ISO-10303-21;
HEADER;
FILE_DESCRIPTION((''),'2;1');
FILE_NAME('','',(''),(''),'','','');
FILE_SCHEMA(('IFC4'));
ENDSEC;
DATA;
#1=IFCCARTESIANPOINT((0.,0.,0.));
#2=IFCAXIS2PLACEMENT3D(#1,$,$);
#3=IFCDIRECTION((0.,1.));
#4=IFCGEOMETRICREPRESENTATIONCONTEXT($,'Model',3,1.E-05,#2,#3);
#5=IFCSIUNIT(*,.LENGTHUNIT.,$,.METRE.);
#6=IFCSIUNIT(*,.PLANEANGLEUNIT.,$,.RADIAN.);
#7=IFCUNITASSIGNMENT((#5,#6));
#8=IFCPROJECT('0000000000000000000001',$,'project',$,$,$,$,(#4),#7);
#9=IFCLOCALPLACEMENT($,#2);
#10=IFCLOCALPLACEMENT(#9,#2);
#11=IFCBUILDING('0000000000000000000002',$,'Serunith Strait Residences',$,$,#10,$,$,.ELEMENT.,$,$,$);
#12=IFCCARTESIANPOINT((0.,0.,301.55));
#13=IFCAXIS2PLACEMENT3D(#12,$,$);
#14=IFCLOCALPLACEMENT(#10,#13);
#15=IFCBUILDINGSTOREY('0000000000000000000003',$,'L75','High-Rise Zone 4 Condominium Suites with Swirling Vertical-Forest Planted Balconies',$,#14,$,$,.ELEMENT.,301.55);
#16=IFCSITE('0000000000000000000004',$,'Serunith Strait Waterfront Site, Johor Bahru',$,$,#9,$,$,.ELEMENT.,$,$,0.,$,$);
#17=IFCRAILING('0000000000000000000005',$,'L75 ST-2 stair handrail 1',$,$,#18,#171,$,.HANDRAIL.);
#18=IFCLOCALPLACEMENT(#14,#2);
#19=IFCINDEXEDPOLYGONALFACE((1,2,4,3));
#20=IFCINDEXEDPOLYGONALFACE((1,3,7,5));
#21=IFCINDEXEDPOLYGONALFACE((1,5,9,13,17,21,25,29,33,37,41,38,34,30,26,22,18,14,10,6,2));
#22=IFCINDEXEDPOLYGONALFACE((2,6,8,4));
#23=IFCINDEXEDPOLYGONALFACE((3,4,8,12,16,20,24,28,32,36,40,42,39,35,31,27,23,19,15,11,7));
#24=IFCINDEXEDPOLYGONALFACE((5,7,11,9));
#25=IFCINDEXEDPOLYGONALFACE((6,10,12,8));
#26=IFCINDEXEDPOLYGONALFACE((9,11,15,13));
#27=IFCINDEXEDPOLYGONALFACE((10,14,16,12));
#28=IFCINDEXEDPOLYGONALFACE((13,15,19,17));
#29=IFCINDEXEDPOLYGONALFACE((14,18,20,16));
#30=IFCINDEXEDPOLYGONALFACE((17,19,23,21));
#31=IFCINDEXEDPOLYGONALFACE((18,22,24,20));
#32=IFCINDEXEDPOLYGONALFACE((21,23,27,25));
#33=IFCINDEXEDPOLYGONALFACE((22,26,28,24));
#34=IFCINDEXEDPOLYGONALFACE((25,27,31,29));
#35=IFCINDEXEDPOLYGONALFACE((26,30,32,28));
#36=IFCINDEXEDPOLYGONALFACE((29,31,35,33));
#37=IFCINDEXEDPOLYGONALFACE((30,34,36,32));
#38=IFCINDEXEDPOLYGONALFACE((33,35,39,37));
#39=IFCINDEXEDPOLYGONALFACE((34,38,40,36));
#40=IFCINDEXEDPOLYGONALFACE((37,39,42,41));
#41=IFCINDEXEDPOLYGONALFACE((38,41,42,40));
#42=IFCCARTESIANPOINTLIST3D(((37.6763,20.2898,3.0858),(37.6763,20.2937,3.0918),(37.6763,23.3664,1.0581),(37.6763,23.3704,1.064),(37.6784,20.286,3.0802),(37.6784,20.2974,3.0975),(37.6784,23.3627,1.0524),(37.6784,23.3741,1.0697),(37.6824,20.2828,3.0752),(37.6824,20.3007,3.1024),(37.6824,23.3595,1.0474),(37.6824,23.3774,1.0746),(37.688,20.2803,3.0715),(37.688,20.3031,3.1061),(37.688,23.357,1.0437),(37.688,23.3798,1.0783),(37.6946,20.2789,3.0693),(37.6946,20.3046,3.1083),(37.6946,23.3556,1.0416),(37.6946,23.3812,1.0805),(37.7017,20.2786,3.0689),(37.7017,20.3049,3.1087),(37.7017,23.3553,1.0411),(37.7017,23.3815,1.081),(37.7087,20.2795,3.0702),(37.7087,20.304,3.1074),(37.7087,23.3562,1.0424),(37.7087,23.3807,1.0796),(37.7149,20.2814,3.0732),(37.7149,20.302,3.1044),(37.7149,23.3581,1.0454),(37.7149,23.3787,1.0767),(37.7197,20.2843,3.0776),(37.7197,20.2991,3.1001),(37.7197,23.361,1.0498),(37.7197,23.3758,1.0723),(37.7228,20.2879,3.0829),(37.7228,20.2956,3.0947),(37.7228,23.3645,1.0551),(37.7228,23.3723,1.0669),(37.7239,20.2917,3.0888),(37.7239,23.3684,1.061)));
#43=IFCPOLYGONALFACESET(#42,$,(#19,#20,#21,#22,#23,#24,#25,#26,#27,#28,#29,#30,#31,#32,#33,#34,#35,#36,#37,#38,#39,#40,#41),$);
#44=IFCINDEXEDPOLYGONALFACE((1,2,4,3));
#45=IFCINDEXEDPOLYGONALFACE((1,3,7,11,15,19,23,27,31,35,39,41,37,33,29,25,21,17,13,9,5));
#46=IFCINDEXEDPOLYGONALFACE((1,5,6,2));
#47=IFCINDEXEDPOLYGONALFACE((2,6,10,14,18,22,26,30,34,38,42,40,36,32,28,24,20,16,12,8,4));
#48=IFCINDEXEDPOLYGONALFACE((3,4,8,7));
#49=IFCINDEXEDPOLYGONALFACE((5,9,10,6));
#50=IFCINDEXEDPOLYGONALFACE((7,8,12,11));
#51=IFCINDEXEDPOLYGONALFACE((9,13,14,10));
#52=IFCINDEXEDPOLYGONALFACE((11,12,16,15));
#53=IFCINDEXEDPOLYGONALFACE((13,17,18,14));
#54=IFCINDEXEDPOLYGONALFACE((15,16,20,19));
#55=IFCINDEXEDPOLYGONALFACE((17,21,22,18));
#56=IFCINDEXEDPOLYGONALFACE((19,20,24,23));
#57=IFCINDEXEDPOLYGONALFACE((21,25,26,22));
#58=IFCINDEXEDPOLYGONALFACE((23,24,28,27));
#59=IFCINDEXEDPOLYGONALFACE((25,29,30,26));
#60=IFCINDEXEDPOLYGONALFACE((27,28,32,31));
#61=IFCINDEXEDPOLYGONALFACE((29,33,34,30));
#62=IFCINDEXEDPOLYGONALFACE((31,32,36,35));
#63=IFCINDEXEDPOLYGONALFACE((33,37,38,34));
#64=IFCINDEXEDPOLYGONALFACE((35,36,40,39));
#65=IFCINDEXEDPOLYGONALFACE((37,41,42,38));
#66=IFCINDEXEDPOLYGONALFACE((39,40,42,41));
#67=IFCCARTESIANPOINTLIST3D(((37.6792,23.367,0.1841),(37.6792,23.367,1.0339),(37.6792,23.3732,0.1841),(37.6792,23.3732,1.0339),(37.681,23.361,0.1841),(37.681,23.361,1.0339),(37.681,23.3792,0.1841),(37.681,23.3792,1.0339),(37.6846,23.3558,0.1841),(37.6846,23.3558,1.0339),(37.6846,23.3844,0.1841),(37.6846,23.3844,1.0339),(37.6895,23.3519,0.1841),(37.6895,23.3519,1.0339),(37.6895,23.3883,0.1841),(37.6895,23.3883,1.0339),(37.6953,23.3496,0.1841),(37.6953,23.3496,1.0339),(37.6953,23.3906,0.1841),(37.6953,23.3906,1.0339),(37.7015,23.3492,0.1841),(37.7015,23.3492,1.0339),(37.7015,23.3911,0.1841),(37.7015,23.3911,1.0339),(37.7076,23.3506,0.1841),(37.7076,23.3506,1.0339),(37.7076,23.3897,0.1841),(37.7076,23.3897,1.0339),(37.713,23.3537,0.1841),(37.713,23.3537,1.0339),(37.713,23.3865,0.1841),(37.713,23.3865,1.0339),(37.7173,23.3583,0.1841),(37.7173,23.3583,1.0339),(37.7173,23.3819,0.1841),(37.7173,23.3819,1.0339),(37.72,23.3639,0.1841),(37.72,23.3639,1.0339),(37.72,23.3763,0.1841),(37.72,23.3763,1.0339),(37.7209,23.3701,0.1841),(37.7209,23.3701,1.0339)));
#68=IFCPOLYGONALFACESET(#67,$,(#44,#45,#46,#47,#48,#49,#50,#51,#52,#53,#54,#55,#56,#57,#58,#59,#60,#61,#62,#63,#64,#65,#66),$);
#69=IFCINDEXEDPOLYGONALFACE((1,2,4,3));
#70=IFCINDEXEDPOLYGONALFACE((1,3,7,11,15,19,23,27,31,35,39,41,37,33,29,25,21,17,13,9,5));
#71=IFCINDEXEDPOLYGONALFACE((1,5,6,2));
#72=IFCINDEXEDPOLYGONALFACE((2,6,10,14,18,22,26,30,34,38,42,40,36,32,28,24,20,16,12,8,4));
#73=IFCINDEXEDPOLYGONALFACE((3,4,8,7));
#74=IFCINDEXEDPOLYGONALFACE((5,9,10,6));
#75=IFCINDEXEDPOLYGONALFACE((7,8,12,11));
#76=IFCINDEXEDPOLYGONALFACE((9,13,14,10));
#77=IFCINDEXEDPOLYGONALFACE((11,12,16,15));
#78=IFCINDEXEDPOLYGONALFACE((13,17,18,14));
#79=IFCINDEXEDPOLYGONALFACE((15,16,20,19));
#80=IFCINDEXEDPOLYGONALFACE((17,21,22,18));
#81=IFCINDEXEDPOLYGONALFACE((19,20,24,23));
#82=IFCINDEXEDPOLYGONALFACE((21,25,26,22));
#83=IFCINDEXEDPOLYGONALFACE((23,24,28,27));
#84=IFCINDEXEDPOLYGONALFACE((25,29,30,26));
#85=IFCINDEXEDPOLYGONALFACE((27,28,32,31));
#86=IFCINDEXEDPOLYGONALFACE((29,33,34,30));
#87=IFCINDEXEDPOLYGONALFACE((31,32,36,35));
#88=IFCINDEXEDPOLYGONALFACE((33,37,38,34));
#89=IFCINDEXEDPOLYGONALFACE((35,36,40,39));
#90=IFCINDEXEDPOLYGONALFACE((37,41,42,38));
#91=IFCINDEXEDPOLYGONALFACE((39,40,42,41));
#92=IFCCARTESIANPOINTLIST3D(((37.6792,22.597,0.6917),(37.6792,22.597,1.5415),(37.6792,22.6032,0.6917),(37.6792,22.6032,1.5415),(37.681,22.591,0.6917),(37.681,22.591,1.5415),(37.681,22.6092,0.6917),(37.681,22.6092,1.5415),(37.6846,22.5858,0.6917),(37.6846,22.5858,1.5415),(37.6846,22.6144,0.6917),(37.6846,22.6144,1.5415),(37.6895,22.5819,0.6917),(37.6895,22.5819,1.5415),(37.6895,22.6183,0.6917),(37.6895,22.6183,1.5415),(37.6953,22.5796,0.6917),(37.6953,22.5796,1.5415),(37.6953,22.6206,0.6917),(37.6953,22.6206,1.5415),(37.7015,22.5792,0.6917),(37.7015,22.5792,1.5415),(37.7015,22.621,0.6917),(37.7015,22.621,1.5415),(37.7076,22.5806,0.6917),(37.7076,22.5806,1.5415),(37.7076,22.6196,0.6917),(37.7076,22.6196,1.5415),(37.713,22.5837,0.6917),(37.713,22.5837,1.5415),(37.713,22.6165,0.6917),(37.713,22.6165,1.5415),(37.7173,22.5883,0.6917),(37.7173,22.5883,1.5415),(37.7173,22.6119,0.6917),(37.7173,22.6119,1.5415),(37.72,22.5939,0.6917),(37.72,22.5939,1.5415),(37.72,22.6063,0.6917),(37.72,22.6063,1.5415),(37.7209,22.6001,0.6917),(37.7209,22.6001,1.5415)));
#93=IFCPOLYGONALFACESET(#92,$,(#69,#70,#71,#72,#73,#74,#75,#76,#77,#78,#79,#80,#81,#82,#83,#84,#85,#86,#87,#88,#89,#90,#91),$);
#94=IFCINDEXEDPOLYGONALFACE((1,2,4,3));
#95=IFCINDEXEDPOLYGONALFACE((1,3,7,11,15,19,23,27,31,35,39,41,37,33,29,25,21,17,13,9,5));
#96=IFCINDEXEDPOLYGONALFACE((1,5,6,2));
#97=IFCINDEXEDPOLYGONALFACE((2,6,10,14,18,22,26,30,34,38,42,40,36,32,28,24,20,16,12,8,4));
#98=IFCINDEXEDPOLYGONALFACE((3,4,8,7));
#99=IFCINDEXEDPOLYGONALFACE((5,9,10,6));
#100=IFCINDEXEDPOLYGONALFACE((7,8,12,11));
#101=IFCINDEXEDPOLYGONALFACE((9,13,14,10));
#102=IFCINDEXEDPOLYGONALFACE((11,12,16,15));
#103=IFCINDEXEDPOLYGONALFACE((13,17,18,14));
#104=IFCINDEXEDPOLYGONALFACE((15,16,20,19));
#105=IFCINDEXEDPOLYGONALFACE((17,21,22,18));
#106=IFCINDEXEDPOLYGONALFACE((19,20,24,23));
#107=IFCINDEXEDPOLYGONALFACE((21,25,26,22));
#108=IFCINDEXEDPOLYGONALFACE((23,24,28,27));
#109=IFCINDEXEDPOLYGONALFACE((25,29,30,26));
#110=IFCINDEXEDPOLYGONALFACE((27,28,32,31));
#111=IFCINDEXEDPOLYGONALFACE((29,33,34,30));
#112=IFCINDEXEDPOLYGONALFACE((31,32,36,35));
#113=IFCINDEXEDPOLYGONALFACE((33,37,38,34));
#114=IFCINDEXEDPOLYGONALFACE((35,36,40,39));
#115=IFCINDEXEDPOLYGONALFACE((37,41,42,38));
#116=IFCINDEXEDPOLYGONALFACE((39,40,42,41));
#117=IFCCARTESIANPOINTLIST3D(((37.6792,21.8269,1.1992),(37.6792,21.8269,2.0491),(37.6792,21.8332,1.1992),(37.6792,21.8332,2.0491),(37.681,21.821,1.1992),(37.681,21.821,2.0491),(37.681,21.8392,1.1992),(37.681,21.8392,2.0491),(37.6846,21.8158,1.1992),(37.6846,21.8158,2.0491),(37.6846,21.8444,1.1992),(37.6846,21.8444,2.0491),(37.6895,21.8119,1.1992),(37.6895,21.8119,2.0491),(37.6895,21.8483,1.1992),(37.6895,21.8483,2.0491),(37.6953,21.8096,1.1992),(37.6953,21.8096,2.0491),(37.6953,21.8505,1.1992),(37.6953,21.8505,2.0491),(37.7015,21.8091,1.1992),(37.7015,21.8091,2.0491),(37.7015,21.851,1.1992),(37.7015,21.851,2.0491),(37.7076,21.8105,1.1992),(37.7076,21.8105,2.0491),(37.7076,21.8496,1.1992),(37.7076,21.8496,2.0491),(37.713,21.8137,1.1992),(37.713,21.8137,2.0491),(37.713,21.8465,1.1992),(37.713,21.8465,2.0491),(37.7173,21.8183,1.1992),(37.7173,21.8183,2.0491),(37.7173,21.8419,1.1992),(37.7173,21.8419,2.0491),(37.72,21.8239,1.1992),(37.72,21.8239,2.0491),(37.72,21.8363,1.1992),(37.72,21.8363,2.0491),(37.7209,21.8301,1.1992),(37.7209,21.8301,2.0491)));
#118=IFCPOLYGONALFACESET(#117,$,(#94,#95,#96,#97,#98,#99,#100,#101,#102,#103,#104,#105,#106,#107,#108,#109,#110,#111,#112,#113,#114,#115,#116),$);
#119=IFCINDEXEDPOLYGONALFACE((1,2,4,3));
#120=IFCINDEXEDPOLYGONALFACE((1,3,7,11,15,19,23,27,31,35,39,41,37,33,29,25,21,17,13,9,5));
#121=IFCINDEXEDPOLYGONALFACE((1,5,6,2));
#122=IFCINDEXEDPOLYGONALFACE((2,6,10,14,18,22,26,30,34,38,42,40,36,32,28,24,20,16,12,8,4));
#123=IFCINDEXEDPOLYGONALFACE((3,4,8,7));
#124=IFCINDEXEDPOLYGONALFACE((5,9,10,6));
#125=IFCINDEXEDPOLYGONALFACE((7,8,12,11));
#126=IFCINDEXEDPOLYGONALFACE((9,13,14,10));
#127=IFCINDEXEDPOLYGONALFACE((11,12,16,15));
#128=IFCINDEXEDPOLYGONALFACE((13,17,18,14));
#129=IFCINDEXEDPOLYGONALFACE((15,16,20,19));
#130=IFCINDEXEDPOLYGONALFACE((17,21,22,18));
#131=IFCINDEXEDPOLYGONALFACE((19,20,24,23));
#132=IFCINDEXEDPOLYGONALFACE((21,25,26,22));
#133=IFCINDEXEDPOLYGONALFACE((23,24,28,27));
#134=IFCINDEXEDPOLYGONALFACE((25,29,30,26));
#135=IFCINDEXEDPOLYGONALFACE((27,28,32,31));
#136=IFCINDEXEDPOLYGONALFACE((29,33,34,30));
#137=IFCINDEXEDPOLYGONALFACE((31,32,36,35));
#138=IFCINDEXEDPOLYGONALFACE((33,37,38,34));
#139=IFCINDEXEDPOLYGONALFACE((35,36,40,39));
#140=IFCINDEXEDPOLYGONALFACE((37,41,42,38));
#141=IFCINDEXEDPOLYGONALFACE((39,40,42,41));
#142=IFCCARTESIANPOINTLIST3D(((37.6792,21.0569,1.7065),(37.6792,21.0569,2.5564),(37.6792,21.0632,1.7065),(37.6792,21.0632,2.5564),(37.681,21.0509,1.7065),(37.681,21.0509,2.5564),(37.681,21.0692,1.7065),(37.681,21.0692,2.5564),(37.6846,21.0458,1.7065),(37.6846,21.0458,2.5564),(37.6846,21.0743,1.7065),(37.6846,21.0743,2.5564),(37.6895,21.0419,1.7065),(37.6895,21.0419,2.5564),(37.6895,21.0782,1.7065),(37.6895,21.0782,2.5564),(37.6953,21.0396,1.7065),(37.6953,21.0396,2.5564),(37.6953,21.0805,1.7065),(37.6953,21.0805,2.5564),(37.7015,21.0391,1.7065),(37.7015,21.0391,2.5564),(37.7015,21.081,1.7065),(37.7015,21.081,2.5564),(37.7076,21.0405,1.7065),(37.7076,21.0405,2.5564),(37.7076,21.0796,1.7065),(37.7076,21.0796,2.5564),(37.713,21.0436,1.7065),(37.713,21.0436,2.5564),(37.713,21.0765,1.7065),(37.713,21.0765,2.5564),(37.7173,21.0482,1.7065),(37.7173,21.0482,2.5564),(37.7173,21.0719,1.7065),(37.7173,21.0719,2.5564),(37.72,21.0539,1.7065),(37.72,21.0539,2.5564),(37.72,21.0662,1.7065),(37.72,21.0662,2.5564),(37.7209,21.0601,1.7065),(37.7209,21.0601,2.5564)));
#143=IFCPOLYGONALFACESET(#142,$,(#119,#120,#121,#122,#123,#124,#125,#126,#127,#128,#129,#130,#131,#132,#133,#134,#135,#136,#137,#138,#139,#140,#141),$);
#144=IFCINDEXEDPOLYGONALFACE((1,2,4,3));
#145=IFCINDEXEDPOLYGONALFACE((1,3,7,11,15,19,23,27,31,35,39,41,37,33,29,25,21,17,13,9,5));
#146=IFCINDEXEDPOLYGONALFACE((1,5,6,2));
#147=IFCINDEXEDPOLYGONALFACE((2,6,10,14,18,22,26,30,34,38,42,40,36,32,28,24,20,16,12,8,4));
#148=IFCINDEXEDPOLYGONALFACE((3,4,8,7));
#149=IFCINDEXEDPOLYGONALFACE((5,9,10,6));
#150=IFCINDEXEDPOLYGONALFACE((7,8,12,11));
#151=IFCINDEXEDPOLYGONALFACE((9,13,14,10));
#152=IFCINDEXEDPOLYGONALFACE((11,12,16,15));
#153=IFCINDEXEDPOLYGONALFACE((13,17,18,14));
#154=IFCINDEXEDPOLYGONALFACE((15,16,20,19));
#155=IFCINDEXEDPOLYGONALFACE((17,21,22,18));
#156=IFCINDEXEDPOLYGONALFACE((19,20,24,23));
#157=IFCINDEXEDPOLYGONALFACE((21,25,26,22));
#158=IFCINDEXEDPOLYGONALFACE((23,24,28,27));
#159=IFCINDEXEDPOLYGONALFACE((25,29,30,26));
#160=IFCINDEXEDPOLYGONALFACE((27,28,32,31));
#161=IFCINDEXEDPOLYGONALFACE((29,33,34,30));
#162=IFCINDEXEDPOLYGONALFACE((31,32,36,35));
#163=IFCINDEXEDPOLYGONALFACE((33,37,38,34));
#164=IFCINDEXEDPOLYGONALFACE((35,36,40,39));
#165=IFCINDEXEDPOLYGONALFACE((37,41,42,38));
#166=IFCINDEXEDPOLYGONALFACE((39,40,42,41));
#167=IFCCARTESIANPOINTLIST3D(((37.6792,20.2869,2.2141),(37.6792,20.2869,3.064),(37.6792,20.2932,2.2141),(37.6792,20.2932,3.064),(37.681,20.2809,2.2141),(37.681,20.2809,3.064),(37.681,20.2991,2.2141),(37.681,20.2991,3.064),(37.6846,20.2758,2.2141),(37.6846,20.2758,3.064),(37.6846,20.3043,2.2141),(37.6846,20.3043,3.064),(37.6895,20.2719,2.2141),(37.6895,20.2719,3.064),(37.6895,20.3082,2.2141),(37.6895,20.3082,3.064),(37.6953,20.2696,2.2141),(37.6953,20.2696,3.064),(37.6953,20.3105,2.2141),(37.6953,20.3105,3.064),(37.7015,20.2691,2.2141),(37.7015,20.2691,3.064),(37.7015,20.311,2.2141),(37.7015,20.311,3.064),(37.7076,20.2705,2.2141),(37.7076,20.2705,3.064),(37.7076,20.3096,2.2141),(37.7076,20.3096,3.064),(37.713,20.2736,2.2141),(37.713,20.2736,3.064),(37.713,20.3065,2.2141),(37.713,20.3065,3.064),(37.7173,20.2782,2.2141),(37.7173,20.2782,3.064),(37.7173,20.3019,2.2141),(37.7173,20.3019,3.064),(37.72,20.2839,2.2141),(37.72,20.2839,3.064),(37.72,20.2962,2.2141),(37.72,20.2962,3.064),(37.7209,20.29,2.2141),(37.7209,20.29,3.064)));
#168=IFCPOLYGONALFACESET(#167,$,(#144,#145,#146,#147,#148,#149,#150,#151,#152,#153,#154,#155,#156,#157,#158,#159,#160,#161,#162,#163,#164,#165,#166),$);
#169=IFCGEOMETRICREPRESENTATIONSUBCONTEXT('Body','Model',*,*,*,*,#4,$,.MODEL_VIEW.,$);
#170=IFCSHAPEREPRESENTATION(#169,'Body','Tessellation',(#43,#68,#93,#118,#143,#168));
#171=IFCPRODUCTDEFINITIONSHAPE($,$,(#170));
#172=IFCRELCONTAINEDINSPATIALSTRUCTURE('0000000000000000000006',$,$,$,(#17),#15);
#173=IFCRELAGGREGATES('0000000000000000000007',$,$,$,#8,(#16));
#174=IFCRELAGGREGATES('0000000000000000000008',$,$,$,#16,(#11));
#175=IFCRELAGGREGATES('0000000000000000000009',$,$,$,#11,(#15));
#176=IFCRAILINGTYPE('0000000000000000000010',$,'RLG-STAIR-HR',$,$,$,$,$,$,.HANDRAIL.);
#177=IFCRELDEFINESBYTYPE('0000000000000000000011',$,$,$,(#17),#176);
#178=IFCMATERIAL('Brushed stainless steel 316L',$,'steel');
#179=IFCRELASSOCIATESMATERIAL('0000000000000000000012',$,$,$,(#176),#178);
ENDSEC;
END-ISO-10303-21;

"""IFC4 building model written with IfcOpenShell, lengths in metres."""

from ifc_helpers import new_model, si_unit, direction, frame, origin, origin_2d, place, context, subcontext, project, spatial, circle, extrude, material, type_object, element, save


model = new_model("IFC4")

# Units and contexts
model_context = context("Model", 3, precision=1e-05, world=origin(), true_north=direction((0.0, 1.0)))
body_context = subcontext(model_context, "Body", "Model", "MODEL_VIEW")
ifc_project = project(units=[si_unit("LENGTHUNIT", "METRE"), si_unit("PLANEANGLEUNIT", "RADIAN")], contexts=[model_context])

# Site, building, storey
site_placement = place(None, origin())
site = spatial("IfcSite", under=ifc_project, at=site_placement, Name="Serunith Strait Waterfront Site, Johor Bahru", CompositionType="ELEMENT", RefElevation=0.0)
building_placement = place(site_placement, origin())
building = spatial("IfcBuilding", under=site, at=building_placement, Name="Serunith Strait Residences", CompositionType="ELEMENT")
storey_placement = place(building_placement, frame((0.0, 0.0, 301.55)))
storey = spatial("IfcBuildingStorey", under=building, at=storey_placement, Name="L75", Description="High-Rise Zone 4 Condominium Suites with Swirling Vertical-Forest Planted Balconies", CompositionType="ELEMENT", Elevation=301.55)

# Railing
ifc_material_1 = material(Name="Brushed stainless steel 316L", Category="steel")
railing_type_1 = type_object("IfcRailingType", Name="RLG-STAIR-HR", PredefinedType="HANDRAIL", material=ifc_material_1)
railing_1_placement = place(storey_placement, frame((37.7, 23.3701, 0.1841)))
element("IfcRailing", 1, at=railing_1_placement, inside=storey, type_object=railing_type_1, Name="L75 ST-2 stair handrail 1", PredefinedType="HANDRAIL", context=body_context, shape_type="SweptSolid", body=[
    extrude(circle(Radius=0.0239, at=origin_2d()), frame((0.0, -0.0017, 0.877), z_axis=(0.0, -0.834961, 0.550309), x_axis=(1.0, 0.0, 0.0)), (0.0, 0.0, 1.0), 3.6848),
    extrude(circle(Radius=0.021, at=origin_2d()), origin(), (0.0, 0.0, 1.0), 0.8499),
    extrude(circle(Radius=0.021, at=origin_2d()), frame((0.0, -0.77, 0.5076)), (0.0, 0.0, 1.0), 0.8499),
    extrude(circle(Radius=0.021, at=origin_2d()), frame((0.0, -1.54, 1.0151)), (0.0, 0.0, 1.0), 0.8499),
    extrude(circle(Radius=0.021, at=origin_2d()), frame((0.0, -2.3101, 1.5225)), (0.0, 0.0, 1.0), 0.8499),
    extrude(circle(Radius=0.021, at=origin_2d()), frame((0.0, -3.0801, 2.03)), (0.0, 0.0, 1.0), 0.8499),
])

save(model, "model.ifc")
